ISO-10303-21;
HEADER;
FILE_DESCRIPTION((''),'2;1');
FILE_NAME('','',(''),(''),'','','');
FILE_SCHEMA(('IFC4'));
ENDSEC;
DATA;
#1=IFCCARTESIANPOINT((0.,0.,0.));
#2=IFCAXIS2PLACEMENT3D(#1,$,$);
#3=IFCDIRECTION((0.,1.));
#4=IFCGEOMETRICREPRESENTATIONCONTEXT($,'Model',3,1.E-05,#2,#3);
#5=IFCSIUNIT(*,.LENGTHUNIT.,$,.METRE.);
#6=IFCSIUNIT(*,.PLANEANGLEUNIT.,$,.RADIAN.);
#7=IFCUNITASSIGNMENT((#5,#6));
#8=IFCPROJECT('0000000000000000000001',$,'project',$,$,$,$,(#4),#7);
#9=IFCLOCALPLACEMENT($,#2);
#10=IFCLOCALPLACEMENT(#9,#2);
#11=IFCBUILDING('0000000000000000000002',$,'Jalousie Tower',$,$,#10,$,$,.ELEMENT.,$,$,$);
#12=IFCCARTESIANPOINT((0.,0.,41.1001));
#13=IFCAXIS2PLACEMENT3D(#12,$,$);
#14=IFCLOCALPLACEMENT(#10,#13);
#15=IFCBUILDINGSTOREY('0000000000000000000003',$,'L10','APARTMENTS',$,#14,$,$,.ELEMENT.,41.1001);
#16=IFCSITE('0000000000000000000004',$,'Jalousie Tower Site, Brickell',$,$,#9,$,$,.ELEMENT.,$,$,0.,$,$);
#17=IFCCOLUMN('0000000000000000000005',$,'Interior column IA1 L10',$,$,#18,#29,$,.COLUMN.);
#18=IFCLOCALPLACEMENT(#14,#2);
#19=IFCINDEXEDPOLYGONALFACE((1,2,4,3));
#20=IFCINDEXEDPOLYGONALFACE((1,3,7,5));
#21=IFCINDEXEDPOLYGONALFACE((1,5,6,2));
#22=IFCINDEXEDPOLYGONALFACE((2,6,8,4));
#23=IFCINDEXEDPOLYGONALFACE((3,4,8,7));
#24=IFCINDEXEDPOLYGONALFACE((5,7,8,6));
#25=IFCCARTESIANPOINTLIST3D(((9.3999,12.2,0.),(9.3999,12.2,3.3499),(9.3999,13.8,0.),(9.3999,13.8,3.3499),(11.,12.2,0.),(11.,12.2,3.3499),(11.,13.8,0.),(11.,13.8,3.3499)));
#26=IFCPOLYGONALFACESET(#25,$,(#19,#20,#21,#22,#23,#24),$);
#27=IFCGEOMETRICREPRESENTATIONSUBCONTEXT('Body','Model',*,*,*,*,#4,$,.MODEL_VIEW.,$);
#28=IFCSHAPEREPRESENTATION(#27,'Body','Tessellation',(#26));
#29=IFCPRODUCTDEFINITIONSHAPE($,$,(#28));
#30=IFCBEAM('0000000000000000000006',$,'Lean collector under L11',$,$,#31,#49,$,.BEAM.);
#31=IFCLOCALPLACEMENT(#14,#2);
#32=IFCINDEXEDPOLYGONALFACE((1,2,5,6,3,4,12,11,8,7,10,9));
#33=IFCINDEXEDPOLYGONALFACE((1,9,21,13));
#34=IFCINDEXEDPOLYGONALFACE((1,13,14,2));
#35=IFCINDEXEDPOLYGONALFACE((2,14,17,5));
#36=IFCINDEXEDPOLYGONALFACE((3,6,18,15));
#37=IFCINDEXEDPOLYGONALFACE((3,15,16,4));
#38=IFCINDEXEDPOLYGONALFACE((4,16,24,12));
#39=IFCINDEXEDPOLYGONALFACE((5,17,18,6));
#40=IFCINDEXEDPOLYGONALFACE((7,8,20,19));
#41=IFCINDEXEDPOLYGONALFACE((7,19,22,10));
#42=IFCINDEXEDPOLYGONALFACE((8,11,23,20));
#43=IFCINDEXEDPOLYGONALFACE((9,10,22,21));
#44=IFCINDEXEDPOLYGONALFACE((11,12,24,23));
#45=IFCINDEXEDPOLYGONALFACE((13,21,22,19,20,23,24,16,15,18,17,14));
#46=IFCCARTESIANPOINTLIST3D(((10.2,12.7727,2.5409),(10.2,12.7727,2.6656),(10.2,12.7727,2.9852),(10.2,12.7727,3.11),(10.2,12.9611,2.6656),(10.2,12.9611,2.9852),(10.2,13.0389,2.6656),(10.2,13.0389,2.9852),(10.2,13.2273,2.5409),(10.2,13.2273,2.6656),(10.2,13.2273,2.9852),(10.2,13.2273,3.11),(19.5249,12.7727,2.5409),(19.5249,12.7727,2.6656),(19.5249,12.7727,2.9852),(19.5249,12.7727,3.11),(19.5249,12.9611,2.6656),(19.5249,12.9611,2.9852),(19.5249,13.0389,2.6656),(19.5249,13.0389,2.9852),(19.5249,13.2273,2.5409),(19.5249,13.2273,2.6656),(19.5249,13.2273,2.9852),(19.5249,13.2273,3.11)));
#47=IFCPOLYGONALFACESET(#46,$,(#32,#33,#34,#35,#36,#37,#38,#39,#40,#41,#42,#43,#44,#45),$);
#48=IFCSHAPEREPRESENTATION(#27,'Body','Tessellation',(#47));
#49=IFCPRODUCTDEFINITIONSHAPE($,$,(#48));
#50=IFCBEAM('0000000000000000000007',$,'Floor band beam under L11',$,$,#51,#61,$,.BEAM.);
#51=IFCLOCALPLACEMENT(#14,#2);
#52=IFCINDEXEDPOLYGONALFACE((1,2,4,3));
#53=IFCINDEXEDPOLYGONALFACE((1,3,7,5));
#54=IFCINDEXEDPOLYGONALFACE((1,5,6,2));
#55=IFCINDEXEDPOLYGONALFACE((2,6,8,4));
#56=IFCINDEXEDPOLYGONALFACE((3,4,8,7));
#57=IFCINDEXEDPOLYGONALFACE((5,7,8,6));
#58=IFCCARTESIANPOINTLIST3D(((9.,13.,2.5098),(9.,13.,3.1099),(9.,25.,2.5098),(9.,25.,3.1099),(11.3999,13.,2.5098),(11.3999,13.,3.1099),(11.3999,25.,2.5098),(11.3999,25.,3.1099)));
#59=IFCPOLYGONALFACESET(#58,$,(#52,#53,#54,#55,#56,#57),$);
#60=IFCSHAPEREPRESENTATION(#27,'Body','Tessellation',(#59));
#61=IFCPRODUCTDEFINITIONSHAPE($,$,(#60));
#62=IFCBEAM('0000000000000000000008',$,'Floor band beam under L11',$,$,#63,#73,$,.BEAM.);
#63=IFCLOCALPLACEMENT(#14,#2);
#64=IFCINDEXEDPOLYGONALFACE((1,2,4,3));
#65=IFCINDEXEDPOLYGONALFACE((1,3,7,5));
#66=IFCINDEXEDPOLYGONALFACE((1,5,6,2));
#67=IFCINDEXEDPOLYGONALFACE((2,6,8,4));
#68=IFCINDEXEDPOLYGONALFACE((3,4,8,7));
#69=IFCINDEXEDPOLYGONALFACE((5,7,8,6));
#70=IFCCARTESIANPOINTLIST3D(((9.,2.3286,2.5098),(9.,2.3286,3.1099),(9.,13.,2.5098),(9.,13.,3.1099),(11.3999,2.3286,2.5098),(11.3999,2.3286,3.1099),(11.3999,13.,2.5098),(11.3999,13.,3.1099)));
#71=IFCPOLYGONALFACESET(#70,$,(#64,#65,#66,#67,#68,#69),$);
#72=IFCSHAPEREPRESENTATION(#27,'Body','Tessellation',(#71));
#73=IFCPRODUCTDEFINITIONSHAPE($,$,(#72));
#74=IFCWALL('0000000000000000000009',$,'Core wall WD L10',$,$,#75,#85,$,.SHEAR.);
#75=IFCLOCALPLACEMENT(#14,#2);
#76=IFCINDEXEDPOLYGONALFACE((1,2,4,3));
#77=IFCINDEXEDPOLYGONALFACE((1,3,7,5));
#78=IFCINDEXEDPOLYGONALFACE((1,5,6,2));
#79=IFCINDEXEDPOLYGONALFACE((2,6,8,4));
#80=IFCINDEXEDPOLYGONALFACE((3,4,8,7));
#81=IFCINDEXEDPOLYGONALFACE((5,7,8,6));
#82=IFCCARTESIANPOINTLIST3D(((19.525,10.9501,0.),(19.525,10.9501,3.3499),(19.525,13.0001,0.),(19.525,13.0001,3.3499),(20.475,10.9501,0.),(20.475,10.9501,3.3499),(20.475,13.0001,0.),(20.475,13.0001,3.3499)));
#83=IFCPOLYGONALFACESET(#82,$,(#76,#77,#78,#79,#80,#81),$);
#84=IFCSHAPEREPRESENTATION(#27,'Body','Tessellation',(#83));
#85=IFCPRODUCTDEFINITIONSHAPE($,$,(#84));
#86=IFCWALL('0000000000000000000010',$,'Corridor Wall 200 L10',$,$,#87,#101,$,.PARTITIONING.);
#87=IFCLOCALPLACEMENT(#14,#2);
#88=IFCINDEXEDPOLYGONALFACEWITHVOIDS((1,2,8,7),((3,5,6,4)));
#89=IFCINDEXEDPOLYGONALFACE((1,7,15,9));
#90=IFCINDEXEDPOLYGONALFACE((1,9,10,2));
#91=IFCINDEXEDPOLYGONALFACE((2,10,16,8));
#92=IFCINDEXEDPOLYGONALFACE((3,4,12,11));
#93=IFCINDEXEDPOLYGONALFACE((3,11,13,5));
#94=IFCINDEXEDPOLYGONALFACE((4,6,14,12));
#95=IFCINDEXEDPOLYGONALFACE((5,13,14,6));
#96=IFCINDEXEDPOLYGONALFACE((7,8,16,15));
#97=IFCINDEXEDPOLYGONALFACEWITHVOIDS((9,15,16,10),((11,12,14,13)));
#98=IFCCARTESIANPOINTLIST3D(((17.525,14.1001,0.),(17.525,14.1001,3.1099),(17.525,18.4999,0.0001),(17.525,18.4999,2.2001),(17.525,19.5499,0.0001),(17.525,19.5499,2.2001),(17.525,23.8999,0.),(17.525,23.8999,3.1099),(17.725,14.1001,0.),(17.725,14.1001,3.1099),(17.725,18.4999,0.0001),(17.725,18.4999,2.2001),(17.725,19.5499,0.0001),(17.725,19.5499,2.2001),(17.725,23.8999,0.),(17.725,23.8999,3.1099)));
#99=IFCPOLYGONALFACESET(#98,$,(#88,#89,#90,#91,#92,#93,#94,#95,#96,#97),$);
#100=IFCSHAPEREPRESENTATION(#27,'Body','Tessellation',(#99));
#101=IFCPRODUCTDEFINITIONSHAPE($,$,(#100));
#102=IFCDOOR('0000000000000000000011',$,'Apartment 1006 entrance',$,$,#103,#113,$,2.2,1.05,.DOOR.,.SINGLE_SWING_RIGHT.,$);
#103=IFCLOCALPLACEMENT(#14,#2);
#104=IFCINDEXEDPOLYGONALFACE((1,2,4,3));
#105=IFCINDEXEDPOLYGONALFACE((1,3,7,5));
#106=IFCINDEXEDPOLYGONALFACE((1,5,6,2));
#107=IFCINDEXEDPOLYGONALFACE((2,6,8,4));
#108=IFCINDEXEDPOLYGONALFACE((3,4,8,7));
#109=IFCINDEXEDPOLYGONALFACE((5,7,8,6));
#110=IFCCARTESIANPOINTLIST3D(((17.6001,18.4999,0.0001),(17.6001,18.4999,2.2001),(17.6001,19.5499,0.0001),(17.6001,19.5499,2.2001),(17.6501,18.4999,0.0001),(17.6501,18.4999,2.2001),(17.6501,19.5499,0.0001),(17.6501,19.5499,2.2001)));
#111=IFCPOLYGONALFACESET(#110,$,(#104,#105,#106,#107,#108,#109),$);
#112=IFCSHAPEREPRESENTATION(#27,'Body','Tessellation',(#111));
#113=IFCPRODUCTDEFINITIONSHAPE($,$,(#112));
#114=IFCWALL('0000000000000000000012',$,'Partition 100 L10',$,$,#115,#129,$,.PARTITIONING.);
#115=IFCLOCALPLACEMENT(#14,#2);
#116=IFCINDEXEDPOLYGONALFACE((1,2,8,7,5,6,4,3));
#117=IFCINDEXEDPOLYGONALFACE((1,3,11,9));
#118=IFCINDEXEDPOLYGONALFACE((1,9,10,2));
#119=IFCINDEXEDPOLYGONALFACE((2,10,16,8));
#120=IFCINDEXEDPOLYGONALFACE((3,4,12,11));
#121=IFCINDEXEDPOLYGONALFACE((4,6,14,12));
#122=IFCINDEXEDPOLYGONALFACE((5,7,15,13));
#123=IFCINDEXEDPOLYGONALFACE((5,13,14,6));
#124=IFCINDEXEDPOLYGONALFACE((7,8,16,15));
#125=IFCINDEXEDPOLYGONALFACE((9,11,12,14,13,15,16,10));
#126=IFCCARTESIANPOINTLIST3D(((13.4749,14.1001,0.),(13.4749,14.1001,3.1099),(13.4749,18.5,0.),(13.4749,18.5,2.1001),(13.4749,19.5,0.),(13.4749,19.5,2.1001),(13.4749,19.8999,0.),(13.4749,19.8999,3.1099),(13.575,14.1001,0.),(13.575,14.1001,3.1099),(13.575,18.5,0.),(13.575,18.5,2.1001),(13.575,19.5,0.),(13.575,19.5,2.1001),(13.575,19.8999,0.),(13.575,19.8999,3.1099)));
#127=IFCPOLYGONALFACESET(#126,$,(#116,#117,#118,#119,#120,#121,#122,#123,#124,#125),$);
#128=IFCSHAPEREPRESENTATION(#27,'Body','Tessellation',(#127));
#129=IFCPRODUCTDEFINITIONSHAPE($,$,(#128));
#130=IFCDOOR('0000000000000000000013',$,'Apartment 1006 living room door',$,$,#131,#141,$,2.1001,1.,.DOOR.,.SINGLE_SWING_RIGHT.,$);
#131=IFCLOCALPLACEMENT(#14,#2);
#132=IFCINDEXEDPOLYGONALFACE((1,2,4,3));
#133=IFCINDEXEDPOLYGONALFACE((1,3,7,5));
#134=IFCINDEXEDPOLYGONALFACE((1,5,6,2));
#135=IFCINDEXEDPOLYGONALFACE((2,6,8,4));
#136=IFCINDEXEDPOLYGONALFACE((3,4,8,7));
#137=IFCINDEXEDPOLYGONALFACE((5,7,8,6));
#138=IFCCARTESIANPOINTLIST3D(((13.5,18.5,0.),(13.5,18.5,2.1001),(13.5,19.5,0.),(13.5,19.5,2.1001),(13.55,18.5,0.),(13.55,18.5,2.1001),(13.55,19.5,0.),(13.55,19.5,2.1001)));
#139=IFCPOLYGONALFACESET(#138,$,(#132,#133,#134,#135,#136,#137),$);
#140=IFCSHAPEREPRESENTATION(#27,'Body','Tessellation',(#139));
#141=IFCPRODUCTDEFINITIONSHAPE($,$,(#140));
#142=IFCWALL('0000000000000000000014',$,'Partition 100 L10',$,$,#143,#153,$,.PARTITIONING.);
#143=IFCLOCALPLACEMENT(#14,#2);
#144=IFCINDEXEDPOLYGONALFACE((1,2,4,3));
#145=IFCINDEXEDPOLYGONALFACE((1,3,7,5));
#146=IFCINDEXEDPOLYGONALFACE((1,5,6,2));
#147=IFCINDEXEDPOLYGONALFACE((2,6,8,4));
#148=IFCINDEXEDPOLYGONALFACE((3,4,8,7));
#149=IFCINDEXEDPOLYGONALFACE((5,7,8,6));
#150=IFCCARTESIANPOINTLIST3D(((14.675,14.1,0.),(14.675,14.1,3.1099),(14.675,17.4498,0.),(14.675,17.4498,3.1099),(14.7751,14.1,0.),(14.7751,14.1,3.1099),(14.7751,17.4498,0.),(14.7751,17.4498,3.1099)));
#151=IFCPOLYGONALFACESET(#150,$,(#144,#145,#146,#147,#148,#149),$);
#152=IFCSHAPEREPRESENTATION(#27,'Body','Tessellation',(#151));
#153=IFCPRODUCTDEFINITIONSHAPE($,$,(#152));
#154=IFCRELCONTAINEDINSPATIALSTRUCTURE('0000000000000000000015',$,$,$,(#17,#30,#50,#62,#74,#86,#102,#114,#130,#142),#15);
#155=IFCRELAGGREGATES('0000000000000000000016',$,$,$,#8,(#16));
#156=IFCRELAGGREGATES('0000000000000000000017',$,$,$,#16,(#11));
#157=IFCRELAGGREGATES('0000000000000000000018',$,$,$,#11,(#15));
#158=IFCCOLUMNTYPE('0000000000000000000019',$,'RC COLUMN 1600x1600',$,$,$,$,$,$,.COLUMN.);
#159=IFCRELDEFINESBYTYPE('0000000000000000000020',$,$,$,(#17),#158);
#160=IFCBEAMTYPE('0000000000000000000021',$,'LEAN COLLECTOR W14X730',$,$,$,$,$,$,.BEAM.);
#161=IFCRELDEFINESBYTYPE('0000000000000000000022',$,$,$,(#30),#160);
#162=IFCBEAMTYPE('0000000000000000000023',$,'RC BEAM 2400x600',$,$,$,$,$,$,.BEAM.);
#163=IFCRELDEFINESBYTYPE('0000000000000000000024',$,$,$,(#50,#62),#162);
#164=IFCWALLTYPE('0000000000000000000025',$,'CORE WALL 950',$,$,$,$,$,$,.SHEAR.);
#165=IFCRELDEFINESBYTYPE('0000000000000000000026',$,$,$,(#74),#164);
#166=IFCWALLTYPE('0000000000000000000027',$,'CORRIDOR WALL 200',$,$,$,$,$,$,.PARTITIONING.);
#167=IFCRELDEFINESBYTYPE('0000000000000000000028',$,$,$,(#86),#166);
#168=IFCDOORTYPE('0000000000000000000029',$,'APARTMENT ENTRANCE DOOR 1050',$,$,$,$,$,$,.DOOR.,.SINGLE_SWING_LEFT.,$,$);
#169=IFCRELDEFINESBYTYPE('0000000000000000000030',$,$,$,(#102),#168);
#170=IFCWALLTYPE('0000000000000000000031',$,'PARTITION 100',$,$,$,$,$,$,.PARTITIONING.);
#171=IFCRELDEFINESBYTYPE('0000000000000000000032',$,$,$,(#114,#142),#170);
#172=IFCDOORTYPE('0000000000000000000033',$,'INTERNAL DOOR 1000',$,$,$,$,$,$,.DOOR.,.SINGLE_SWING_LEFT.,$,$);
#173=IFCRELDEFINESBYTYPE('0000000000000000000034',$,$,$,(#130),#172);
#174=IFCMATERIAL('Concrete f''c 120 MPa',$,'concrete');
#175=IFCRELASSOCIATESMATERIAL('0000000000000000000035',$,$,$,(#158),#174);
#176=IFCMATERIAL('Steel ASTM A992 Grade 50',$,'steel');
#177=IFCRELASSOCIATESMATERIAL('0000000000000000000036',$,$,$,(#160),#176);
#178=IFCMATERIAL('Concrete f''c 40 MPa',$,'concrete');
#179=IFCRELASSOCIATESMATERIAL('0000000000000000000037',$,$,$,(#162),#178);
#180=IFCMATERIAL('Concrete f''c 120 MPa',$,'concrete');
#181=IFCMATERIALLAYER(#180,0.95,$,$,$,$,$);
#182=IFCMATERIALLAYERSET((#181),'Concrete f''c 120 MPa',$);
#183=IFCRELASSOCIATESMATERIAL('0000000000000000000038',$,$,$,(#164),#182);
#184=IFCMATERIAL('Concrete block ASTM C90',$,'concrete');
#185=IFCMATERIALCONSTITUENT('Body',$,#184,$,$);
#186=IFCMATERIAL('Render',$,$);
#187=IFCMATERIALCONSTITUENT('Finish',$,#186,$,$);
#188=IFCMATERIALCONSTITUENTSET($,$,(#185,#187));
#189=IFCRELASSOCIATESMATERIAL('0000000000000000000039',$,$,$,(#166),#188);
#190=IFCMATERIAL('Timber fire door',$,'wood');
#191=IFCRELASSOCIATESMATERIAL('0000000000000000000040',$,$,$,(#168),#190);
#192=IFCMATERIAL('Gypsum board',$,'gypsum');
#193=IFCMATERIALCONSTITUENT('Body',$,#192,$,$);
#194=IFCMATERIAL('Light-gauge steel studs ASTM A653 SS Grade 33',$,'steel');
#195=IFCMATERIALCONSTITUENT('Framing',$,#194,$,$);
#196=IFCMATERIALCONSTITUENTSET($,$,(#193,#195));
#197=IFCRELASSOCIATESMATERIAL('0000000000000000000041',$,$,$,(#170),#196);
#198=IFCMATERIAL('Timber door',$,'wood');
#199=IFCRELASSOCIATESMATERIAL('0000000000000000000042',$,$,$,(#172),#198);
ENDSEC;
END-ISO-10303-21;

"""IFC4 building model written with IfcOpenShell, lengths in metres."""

from ifc_helpers import new_model, si_unit, direction, frame, frame_2d, origin, origin_2d, place, context, subcontext, project, spatial, rectangle, i_section, extrude, material, layer, layer_set, constituent, constituent_set, material_profile, profile_set, type_object, element, fill, save


model = new_model("IFC4")

# Units and contexts
model_context = context("Model", 3, precision=1e-05, world=origin(), true_north=direction((0.0, 1.0)))
body_context = subcontext(model_context, "Body", "Model", "MODEL_VIEW")
ifc_project = project(units=[si_unit("LENGTHUNIT", "METRE"), si_unit("PLANEANGLEUNIT", "RADIAN")], contexts=[model_context])

# Site, building, storey
site_placement = place(None, origin())
site = spatial("IfcSite", under=ifc_project, at=site_placement, Name="Jalousie Tower Site, Brickell", CompositionType="ELEMENT", RefElevation=0.0)
building_placement = place(site_placement, origin())
building = spatial("IfcBuilding", under=site, at=building_placement, Name="Jalousie Tower", CompositionType="ELEMENT")
storey_placement = place(building_placement, frame((0.0, 0.0, 41.1001)))
storey = spatial("IfcBuildingStorey", under=building, at=storey_placement, Name="L10", Description="APARTMENTS", CompositionType="ELEMENT", Elevation=41.1001)

# Column
ifc_material_1 = material(Name="Concrete f'c 120 MPa", Category="concrete")
ifc_material_profile_1 = material_profile(ifc_material_1, rectangle(XDim=1.6001, YDim=1.6001, at=origin_2d()), Name="RC 1600x1600")
ifc_profile_set_1 = profile_set([ifc_material_profile_1], Name="Concrete f'c 120 MPa")
column_type = type_object("IfcColumnType", Name="RC COLUMN 1600x1600", PredefinedType="COLUMN", material=ifc_profile_set_1)
column_placement = place(storey_placement, frame((10.2, 13.0, 0.0), z_axis=(0.0, 0.0, 1.0), x_axis=(1.0, 0.0, 0.0)))
element("IfcColumn", 1, at=column_placement, inside=storey, type_object=column_type, Name="Interior column IA1 L10", PredefinedType="COLUMN", context=body_context, shape_type="SweptSolid", body=[
    extrude(rectangle(XDim=1.6001, YDim=1.6001, at=origin_2d()), origin(), (0.0, 0.0, 1.0), 3.3499),
])

# Beams
ifc_material_2 = material(Name="Steel ASTM A992 Grade 50", Category="steel")
ifc_material_profile_2 = material_profile(ifc_material_2, i_section(OverallWidth=0.4546, OverallDepth=0.5691, WebThickness=0.0779, FlangeThickness=0.1248, at=origin_2d()), Name="W14X730")
ifc_profile_set_2 = profile_set([ifc_material_profile_2], Name="Steel ASTM A992 Grade 50")
beam_type_1 = type_object("IfcBeamType", Name="LEAN COLLECTOR W14X730", PredefinedType="BEAM", material=ifc_profile_set_2)
beam_1_placement = place(storey_placement, frame((10.2, 13.0, 2.8254), z_axis=(1.0, 0.0, 0.0), x_axis=(0.0, 1.0, 0.0)))
element("IfcBeam", 2, at=beam_1_placement, inside=storey, type_object=beam_type_1, Name="Lean collector under L11", PredefinedType="BEAM", context=body_context, shape_type="SweptSolid", body=[
    extrude(i_section(OverallWidth=0.4546, OverallDepth=0.5691, WebThickness=0.0779, FlangeThickness=0.1248, at=origin_2d()), origin(), (0.0, 0.0, 1.0), 9.325),
])
ifc_material_3 = material(Name="Concrete f'c 40 MPa", Category="concrete")
ifc_material_profile_3 = material_profile(ifc_material_3, rectangle(XDim=2.3999, YDim=0.6001, at=origin_2d()), Name="RC 2400x600")
ifc_profile_set_3 = profile_set([ifc_material_profile_3], Name="Concrete f'c 40 MPa")
beam_type_2 = type_object("IfcBeamType", Name="RC BEAM 2400x600", PredefinedType="BEAM", material=ifc_profile_set_3)
beam_2_placement = place(storey_placement, frame((10.2, 13.0, 2.8098), z_axis=(0.0, 1.0, 0.0), x_axis=(-1.0, 0.0, 0.0)))
element("IfcBeam", 3, at=beam_2_placement, inside=storey, type_object=beam_type_2, Name="Floor band beam under L11", PredefinedType="BEAM", context=body_context, shape_type="SweptSolid", body=[
    extrude(rectangle(XDim=2.3999, YDim=0.6001, at=origin_2d()), origin(), (0.0, 0.0, 1.0), 12.0),
])
beam_3_placement = place(storey_placement, frame((10.2, 13.0, 2.8098), z_axis=(0.0, -1.0, 0.0), x_axis=(1.0, 0.0, 0.0)))
element("IfcBeam", 4, at=beam_3_placement, inside=storey, type_object=beam_type_2, Name="Floor band beam under L11", PredefinedType="BEAM", context=body_context, shape_type="SweptSolid", body=[
    extrude(rectangle(XDim=2.3999, YDim=0.6001, at=origin_2d()), origin(), (0.0, 0.0, 1.0), 10.6714),
])

# Wall
ifc_material_4 = material(Name="Concrete f'c 120 MPa", Category="concrete")
ifc_layer = layer(ifc_material_4, 0.95)
ifc_layer_set = layer_set([ifc_layer], Name="Concrete f'c 120 MPa")
wall_type_1 = type_object("IfcWallType", Name="CORE WALL 950", PredefinedType="SHEAR", material=ifc_layer_set)
wall_1_placement = place(storey_placement, frame((20.0, 13.0, 0.0), z_axis=(0.0, 0.0, 1.0), x_axis=(0.0, -1.0, 0.0)))
element("IfcWall", 5, at=wall_1_placement, inside=storey, type_object=wall_type_1, Name="Core wall WD L10", PredefinedType="SHEAR", context=body_context, shape_type="SweptSolid", body=[
    extrude(rectangle(XDim=2.05, YDim=0.95, at=frame_2d((1.0249, 0.0))), origin(), (0.0, 0.0, 1.0), 3.3499),
])

# Walls, openings, doors
ifc_material_5 = material(Name="Concrete block ASTM C90", Category="concrete")
ifc_constituent_1 = constituent(ifc_material_5, Name="Body")
ifc_material_6 = material(Name="Render")
ifc_constituent_2 = constituent(ifc_material_6, Name="Finish")
ifc_constituent_set_1 = constituent_set(constituents=[ifc_constituent_1, ifc_constituent_2])
wall_type_2 = type_object("IfcWallType", Name="CORRIDOR WALL 200", PredefinedType="PARTITIONING", material=ifc_constituent_set_1)
wall_2_placement = place(storey_placement, frame((17.625, 14.1001, 0.0), z_axis=(0.0, 0.0, 1.0), x_axis=(0.0, 1.0, 0.0)))
wall_2 = element("IfcWall", 6, at=wall_2_placement, inside=storey, type_object=wall_type_2, Name="Corridor Wall 200 L10", PredefinedType="PARTITIONING", context=body_context, shape_type="SweptSolid", body=[
    extrude(rectangle(XDim=9.7998, YDim=0.2, at=frame_2d((4.8999, 0.0))), origin(), (0.0, 0.0, 1.0), 3.1099),
])
opening_1_placement = place(wall_2_placement, frame((4.3999, 0.0, 0.0)))
opening_1 = element("IfcOpeningElement", 7, at=opening_1_placement, cuts=wall_2, PredefinedType="OPENING", context=body_context, shape_type="SweptSolid", body=[
    extrude(rectangle(XDim=1.05, YDim=2.2, at=frame_2d((0.5249, 1.1001))), frame((0.0, 0.1099, 0.0), z_axis=(0.0, -1.0, 0.0), x_axis=(1.0, 0.0, 0.0)), (0.0, 0.0, 1.0), 0.22),
])
ifc_material_7 = material(Name="Timber fire door", Category="wood")
door_type_1 = type_object("IfcDoorType", Name="APARTMENT ENTRANCE DOOR 1050", OperationType="SINGLE_SWING_LEFT", PredefinedType="DOOR", material=ifc_material_7)
door_1_placement = place(opening_1_placement, origin())
door_1 = element("IfcDoor", 8, at=door_1_placement, inside=storey, type_object=door_type_1, Name="Apartment 1006 entrance", OperationType="SINGLE_SWING_RIGHT", OverallHeight=2.2, OverallWidth=1.05, PredefinedType="DOOR", context=body_context, shape_type="SweptSolid", body=[
    extrude(rectangle(XDim=1.05, YDim=2.2, at=frame_2d((0.5249, 1.1001))), frame((0.0, 0.0249, 0.0), z_axis=(0.0, -1.0, 0.0), x_axis=(1.0, 0.0, 0.0)), (0.0, 0.0, 1.0), 0.05),
])
fill(opening_1, door_1)
ifc_material_8 = material(Name="Gypsum board", Category="gypsum")
ifc_constituent_3 = constituent(ifc_material_8, Name="Body")
ifc_material_9 = material(Name="Light-gauge steel studs ASTM A653 SS Grade 33", Category="steel")
ifc_constituent_4 = constituent(ifc_material_9, Name="Framing")
ifc_constituent_set_2 = constituent_set(constituents=[ifc_constituent_3, ifc_constituent_4])
wall_type_3 = type_object("IfcWallType", Name="PARTITION 100", PredefinedType="PARTITIONING", material=ifc_constituent_set_2)
wall_3_placement = place(storey_placement, frame((13.5249, 14.1001, 0.0), z_axis=(0.0, 0.0, 1.0), x_axis=(0.0, 1.0, 0.0)))
wall_3 = element("IfcWall", 9, at=wall_3_placement, inside=storey, type_object=wall_type_3, Name="Partition 100 L10", PredefinedType="PARTITIONING", context=body_context, shape_type="SweptSolid", body=[
    extrude(rectangle(XDim=5.7998, YDim=0.1001, at=frame_2d((2.8999, 0.0))), origin(), (0.0, 0.0, 1.0), 3.1099),
])
opening_2_placement = place(wall_3_placement, frame((4.3999, 0.0, 0.0)))
opening_2 = element("IfcOpeningElement", 10, at=opening_2_placement, cuts=wall_3, PredefinedType="OPENING", context=body_context, shape_type="SweptSolid", body=[
    extrude(rectangle(XDim=1.0, YDim=2.1001, at=frame_2d((0.5, 1.05))), frame((0.0, 0.0601, 0.0), z_axis=(0.0, -1.0, 0.0), x_axis=(1.0, 0.0, 0.0)), (0.0, 0.0, 1.0), 0.1201),
])
ifc_material_10 = material(Name="Timber door", Category="wood")
door_type_2 = type_object("IfcDoorType", Name="INTERNAL DOOR 1000", OperationType="SINGLE_SWING_LEFT", PredefinedType="DOOR", material=ifc_material_10)
door_2_placement = place(opening_2_placement, origin())
door_2 = element("IfcDoor", 11, at=door_2_placement, inside=storey, type_object=door_type_2, Name="Apartment 1006 living room door", OperationType="SINGLE_SWING_RIGHT", OverallHeight=2.1001, OverallWidth=1.0, PredefinedType="DOOR", context=body_context, shape_type="SweptSolid", body=[
    extrude(rectangle(XDim=1.0, YDim=2.1001, at=frame_2d((0.5, 1.05))), frame((0.0, 0.0249, 0.0), z_axis=(0.0, -1.0, 0.0), x_axis=(1.0, 0.0, 0.0)), (0.0, 0.0, 1.0), 0.05),
])
fill(opening_2, door_2)

# Wall
wall_4_placement = place(storey_placement, frame((14.7251, 14.1001, 0.0), z_axis=(0.0, 0.0, 1.0), x_axis=(0.0, 1.0, 0.0)))
element("IfcWall", 12, at=wall_4_placement, inside=storey, type_object=wall_type_3, Name="Partition 100 L10", PredefinedType="PARTITIONING", context=body_context, shape_type="SweptSolid", body=[
    extrude(rectangle(XDim=3.3499, YDim=0.1001, at=frame_2d((1.6748, 0.0))), origin(), (0.0, 0.0, 1.0), 3.1099),
])

save(model, "model.ifc")
